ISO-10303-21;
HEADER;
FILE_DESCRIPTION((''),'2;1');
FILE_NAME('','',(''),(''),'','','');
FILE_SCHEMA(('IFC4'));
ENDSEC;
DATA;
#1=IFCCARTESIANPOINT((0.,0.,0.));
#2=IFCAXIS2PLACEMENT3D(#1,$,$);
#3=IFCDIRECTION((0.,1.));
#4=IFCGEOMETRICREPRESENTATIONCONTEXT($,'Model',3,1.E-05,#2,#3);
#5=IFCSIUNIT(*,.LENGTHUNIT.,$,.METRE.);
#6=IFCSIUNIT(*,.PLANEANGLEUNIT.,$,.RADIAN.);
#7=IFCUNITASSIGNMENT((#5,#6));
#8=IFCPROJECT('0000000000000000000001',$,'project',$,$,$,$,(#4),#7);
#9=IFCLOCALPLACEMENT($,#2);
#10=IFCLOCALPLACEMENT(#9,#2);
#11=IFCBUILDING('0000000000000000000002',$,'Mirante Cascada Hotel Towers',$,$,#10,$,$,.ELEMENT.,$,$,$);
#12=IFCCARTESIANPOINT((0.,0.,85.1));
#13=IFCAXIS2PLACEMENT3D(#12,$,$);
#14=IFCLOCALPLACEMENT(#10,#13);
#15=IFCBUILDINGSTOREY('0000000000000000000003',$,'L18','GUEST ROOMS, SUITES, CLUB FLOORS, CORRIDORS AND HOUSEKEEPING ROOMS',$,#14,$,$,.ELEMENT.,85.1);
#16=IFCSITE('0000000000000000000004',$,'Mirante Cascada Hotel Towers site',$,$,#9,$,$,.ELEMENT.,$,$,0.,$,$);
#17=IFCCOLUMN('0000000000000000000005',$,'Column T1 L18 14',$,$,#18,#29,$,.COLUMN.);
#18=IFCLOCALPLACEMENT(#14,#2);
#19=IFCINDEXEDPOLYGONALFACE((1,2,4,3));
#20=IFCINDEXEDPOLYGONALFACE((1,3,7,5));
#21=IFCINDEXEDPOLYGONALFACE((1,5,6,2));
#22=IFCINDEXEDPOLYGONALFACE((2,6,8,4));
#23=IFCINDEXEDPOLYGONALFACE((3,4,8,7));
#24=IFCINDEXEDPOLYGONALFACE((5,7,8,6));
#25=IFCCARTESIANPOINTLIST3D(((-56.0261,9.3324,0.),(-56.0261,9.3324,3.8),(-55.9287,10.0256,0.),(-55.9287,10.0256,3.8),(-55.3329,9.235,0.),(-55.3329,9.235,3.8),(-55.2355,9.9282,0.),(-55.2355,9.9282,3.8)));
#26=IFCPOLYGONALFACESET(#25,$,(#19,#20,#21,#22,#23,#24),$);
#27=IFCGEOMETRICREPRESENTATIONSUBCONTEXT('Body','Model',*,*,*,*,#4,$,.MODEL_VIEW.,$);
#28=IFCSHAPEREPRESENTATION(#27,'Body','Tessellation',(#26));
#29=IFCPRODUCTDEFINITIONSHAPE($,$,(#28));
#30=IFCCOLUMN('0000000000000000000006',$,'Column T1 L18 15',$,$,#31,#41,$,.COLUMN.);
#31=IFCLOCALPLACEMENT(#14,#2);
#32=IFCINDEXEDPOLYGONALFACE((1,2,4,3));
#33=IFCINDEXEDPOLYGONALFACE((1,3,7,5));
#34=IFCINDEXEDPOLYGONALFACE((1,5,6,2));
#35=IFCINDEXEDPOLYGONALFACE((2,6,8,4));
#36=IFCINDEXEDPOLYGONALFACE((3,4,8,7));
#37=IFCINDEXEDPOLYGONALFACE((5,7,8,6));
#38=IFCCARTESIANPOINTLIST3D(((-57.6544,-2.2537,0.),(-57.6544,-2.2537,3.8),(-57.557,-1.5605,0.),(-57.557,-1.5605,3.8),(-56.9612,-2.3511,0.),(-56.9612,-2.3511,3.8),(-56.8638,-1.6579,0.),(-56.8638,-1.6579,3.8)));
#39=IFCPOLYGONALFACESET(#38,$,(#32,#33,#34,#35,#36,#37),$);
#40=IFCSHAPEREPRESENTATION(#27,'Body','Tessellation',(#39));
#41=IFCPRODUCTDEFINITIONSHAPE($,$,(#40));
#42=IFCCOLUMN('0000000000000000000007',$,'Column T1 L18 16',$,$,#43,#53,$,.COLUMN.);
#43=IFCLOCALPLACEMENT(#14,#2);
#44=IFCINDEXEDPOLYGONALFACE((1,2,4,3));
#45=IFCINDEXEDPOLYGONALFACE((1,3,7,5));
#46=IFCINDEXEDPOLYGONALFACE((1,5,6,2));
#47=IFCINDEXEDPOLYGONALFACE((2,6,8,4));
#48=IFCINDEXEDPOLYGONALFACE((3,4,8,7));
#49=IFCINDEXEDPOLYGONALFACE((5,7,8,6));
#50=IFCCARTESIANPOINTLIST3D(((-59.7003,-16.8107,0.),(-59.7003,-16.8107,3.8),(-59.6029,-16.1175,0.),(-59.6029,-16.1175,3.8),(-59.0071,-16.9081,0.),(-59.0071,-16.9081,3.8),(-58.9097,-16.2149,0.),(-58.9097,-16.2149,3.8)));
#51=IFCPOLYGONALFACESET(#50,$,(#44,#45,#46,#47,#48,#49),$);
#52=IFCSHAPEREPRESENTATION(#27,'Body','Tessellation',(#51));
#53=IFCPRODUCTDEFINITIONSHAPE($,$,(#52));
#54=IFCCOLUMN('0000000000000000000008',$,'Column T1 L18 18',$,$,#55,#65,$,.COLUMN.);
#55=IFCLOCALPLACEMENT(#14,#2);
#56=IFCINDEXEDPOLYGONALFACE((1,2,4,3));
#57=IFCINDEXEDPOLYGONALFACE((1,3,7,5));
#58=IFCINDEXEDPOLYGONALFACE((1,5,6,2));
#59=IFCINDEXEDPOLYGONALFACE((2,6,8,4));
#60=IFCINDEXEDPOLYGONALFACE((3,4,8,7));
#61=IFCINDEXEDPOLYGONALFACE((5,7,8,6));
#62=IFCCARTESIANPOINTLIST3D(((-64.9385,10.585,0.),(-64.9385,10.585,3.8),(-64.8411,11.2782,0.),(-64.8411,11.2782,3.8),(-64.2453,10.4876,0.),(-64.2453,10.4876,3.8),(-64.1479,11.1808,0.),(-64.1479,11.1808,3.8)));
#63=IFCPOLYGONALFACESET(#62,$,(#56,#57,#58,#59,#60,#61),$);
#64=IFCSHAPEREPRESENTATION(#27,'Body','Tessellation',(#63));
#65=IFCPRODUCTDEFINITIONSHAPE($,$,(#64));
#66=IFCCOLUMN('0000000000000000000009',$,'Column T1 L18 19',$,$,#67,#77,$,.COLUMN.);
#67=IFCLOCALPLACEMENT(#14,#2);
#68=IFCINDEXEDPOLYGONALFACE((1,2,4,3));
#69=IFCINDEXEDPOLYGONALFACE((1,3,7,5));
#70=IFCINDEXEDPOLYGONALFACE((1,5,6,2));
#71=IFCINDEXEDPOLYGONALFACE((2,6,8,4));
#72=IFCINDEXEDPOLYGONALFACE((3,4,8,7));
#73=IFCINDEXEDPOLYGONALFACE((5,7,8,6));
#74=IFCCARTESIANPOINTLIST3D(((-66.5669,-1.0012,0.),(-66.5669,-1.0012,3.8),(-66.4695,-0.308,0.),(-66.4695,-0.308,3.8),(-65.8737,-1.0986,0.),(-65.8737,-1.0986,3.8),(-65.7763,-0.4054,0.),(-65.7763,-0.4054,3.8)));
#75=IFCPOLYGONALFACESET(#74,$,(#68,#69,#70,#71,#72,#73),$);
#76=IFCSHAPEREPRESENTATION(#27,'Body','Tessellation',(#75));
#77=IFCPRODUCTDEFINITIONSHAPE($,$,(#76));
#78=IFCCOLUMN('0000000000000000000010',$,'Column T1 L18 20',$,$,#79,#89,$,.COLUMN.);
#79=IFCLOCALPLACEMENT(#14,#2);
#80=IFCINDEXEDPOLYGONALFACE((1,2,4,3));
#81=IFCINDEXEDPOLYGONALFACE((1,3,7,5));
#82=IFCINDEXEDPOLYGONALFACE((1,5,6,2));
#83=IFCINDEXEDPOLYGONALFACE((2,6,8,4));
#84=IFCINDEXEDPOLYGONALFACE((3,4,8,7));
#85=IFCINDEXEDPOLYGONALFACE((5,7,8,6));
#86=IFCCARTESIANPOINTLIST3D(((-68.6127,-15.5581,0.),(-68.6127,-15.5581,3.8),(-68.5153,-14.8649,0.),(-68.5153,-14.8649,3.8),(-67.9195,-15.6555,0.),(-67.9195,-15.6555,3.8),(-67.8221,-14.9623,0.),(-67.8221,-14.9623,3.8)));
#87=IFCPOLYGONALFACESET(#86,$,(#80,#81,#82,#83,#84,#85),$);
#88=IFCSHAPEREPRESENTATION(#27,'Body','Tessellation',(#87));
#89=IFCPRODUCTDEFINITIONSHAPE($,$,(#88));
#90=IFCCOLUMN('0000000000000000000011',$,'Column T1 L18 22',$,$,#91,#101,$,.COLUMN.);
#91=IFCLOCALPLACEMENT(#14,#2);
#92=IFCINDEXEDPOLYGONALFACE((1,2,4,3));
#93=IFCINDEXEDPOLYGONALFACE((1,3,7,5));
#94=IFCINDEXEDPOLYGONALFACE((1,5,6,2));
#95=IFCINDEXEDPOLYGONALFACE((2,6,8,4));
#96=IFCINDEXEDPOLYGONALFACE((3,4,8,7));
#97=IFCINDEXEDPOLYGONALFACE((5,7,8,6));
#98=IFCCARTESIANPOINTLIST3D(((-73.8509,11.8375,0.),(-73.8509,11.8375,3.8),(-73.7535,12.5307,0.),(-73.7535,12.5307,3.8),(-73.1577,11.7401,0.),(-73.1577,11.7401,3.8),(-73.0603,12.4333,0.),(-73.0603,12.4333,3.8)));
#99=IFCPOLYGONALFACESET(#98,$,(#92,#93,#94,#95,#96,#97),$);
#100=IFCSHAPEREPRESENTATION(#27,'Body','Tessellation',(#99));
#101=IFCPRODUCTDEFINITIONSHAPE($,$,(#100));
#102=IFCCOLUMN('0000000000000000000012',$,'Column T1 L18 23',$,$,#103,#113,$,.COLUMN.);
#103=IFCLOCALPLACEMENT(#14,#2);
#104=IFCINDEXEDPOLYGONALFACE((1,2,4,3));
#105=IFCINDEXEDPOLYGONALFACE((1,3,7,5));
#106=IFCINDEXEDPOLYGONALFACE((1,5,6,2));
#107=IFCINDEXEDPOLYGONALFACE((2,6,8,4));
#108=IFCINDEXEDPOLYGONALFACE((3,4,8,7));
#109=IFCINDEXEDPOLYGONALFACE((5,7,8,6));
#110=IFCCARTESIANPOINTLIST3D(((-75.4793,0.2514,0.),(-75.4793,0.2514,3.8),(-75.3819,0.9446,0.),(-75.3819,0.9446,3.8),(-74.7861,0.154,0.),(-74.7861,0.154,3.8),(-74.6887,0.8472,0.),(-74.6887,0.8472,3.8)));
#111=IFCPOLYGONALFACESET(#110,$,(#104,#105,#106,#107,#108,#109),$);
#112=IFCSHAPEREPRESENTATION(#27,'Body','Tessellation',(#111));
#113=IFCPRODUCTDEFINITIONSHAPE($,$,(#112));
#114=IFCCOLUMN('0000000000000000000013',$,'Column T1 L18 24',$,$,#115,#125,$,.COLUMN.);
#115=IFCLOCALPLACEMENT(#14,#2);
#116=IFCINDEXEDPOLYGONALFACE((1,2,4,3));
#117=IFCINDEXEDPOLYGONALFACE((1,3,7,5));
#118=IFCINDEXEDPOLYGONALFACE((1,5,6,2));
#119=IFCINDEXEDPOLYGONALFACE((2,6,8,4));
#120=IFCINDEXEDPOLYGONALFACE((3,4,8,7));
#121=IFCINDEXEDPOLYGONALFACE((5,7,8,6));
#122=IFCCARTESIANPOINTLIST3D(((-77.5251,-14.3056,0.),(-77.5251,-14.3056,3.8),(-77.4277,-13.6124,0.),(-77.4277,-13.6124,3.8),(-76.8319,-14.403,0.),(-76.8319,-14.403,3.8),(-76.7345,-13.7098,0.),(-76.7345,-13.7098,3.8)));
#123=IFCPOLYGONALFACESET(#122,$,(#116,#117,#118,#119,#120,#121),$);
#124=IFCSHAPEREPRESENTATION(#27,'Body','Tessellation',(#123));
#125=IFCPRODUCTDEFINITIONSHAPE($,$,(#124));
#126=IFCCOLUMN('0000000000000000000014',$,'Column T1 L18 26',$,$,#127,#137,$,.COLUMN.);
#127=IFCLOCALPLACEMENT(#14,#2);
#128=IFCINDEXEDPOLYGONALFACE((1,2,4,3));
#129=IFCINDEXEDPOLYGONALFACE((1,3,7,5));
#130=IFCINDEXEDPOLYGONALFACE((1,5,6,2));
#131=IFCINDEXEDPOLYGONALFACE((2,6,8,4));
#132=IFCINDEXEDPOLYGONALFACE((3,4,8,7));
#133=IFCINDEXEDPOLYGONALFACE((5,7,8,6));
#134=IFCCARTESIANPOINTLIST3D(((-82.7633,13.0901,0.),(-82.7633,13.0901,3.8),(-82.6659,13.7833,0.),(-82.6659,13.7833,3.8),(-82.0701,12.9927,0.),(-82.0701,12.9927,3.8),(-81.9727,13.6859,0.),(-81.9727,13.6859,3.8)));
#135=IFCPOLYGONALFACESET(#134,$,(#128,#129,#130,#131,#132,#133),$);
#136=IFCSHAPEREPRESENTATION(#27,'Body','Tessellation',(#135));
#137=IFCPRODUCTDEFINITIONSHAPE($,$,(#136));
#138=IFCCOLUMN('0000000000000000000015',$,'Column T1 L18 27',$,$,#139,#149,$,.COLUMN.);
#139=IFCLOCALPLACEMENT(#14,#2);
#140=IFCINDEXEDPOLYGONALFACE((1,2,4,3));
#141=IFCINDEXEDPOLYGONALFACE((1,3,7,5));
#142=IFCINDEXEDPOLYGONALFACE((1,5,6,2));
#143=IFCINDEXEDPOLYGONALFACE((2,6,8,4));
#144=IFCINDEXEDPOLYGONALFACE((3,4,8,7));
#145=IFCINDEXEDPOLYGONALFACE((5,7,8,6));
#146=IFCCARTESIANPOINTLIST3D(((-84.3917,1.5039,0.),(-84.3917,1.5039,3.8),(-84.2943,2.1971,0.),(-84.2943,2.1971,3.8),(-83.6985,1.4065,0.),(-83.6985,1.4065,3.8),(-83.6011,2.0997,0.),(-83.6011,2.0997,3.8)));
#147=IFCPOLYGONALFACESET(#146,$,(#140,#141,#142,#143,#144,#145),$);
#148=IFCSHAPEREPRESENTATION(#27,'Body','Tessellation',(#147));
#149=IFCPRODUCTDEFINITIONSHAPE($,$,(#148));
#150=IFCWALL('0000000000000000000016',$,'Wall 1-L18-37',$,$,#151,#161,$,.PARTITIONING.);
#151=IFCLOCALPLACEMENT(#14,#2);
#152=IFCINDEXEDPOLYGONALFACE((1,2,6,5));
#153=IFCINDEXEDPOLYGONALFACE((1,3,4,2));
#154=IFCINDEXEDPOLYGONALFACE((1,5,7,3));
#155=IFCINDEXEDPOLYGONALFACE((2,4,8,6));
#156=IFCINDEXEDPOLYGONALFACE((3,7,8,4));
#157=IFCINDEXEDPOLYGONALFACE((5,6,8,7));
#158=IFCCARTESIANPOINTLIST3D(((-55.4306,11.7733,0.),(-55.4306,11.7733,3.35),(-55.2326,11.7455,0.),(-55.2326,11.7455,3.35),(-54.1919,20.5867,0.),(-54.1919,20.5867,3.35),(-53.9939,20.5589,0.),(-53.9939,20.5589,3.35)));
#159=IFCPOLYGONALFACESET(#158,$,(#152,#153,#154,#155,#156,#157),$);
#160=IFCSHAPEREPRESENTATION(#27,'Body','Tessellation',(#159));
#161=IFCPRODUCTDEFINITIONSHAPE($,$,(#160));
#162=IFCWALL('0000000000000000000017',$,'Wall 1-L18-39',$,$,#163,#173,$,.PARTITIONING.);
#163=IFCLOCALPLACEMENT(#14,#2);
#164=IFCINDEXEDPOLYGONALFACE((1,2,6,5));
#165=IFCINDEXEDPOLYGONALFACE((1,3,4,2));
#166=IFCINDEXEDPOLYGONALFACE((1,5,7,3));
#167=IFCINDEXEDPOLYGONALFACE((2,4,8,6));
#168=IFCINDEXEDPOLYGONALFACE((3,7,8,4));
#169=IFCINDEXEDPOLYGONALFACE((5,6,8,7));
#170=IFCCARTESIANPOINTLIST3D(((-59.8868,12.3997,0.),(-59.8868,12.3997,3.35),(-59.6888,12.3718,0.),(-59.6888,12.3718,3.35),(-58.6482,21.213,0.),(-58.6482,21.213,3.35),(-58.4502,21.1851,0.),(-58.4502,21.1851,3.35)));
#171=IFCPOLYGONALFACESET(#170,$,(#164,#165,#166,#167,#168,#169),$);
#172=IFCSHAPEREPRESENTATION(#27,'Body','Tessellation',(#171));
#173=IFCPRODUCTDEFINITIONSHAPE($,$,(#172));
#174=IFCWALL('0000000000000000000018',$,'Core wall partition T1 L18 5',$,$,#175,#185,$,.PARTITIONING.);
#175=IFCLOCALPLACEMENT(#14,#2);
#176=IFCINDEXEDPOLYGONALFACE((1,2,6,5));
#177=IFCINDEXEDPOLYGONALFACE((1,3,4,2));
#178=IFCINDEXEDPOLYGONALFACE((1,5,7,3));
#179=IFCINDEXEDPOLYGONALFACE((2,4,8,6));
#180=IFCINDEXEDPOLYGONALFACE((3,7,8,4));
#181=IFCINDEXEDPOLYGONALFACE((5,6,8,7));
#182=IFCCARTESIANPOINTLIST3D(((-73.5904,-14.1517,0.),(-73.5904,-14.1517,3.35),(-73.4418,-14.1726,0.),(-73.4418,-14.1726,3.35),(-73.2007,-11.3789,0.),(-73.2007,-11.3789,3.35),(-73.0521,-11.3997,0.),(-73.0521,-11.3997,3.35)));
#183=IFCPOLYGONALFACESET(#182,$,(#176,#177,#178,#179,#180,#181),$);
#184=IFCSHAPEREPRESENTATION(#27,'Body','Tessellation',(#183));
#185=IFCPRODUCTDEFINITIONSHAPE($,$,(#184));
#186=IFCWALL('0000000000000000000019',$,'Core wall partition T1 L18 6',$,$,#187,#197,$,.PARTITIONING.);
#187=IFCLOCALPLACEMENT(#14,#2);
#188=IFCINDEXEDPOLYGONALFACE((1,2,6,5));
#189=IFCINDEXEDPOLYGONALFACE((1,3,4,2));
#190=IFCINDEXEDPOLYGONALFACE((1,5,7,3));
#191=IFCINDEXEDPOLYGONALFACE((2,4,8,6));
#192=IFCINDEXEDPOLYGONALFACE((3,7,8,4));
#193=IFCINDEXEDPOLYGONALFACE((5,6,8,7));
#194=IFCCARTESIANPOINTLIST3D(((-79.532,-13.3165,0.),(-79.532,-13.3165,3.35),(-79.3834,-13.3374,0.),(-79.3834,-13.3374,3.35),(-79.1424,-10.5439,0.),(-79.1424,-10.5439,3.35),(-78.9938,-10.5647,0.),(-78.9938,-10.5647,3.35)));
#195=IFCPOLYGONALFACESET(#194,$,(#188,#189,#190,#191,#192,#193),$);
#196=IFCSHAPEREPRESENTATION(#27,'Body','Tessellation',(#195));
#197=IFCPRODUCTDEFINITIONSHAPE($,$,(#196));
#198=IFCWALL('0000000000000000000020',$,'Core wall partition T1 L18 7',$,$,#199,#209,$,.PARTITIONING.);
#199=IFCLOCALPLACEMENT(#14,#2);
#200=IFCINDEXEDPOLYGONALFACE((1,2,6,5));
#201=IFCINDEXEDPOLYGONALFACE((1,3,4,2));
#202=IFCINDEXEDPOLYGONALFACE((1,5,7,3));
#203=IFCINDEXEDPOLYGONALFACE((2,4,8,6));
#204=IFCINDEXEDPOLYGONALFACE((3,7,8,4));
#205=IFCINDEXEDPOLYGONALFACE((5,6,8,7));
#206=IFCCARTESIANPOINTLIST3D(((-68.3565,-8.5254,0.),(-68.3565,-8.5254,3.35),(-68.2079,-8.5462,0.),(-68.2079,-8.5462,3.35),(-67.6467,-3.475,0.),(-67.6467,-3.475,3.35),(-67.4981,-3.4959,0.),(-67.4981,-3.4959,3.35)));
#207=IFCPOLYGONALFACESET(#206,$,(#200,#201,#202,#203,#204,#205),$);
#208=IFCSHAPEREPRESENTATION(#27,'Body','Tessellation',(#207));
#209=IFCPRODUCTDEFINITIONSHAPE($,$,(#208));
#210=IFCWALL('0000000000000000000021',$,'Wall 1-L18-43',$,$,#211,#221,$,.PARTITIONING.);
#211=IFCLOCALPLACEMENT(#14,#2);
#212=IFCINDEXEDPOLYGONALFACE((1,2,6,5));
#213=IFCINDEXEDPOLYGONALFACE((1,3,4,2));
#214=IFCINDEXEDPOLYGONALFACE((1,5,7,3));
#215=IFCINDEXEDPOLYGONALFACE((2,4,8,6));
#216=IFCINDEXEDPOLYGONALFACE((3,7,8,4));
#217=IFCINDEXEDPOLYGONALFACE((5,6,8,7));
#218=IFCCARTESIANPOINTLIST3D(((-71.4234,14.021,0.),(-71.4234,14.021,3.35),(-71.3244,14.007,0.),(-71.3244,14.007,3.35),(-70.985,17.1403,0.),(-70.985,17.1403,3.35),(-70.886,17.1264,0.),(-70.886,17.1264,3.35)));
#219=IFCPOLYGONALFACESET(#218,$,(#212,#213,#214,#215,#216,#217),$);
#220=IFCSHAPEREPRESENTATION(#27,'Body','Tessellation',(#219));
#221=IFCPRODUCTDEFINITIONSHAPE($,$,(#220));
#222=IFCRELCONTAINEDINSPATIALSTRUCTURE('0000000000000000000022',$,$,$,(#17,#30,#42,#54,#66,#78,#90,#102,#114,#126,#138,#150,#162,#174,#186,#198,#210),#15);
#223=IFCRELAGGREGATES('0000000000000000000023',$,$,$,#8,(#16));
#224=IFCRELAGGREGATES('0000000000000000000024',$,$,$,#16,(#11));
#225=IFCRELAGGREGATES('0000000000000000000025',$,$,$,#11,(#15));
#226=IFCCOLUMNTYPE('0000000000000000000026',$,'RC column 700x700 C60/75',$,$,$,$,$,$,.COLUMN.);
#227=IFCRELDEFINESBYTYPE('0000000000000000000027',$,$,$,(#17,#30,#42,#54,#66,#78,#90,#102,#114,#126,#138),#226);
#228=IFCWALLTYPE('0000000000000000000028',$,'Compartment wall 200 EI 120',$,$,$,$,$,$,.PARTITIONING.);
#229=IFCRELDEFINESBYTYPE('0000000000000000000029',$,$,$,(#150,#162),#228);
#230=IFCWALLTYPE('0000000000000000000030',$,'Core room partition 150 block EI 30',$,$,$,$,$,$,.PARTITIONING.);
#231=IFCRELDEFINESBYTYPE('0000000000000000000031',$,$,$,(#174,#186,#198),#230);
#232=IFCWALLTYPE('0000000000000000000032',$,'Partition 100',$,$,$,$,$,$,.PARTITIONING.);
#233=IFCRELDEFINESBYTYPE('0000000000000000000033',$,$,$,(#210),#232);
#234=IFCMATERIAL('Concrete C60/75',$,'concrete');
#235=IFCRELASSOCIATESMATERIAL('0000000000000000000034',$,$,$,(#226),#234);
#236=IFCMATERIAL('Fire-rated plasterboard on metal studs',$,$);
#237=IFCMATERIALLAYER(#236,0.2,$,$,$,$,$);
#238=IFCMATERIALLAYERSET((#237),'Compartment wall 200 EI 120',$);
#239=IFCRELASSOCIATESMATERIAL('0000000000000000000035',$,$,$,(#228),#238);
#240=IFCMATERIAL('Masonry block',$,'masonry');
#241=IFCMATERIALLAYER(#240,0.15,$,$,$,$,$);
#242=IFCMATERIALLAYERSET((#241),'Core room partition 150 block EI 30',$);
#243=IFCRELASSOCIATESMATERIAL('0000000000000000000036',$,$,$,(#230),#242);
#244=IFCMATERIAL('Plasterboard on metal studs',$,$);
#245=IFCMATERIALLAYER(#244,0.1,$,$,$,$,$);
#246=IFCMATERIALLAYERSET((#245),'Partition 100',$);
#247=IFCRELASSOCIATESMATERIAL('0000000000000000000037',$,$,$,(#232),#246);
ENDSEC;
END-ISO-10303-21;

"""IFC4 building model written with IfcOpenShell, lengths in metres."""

from ifc_helpers import new_model, si_unit, direction, frame, frame_2d, origin, origin_2d, place, context, subcontext, project, spatial, rectangle, extrude, material, layer, layer_set, material_profile, profile_set, type_object, element, save


model = new_model("IFC4")

# Units and contexts
model_context = context("Model", 3, precision=1e-05, world=origin(), true_north=direction((0.0, 1.0)))
body_context = subcontext(model_context, "Body", "Model", "MODEL_VIEW")
ifc_project = project(units=[si_unit("LENGTHUNIT", "METRE"), si_unit("PLANEANGLEUNIT", "RADIAN")], contexts=[model_context])

# Site, building, storey
site_placement = place(None, origin())
site = spatial("IfcSite", under=ifc_project, at=site_placement, Name="Mirante Cascada Hotel Towers site", CompositionType="ELEMENT", RefElevation=0.0)
building_placement = place(site_placement, origin())
building = spatial("IfcBuilding", under=site, at=building_placement, Name="Mirante Cascada Hotel Towers", CompositionType="ELEMENT")
storey_placement = place(building_placement, frame((0.0, 0.0, 85.1)))
storey = spatial("IfcBuildingStorey", under=building, at=storey_placement, Name="L18", Description="GUEST ROOMS, SUITES, CLUB FLOORS, CORRIDORS AND HOUSEKEEPING ROOMS", CompositionType="ELEMENT", Elevation=85.1)

# Columns
ifc_material_1 = material(Name="Concrete C60/75", Category="concrete")
ifc_material_profile = material_profile(ifc_material_1, rectangle(XDim=0.7, YDim=0.7, at=origin_2d()), Name="RC column 700x700 C60/75")
ifc_profile_set = profile_set([ifc_material_profile], Name="Concrete C60/75")
column_type = type_object("IfcColumnType", Name="RC column 700x700 C60/75", PredefinedType="COLUMN", material=ifc_profile_set)
for number, where, z_axis, x_axis, name in (
    (1, (-55.6308, 9.6303, 0.0), (0.0, 0.0, 1.0), (-0.990268, 0.139173, 0.0), "Column T1 L18 14"),
    (2, (-57.2591, -1.9558, 0.0), (0.0, 0.0, 1.0), (-0.990268, 0.139173, 0.0), "Column T1 L18 15"),
    (3, (-59.305, -16.5128, 0.0), (0.0, 0.0, 1.0), (-0.990268, 0.139173, 0.0), "Column T1 L18 16"),
    (4, (-64.5432, 10.8829, 0.0), (0.0, 0.0, 1.0), (-0.990268, 0.139173, 0.0), "Column T1 L18 18"),
    (5, (-66.1716, -0.7033, 0.0), (0.0, 0.0, 1.0), (-0.990268, 0.139173, 0.0), "Column T1 L18 19"),
    (6, (-68.2174, -15.2602, 0.0), (0.0, 0.0, 1.0), (-0.990268, 0.139173, 0.0), "Column T1 L18 20"),
    (7, (-73.4556, 12.1354, 0.0), (0.0, 0.0, 1.0), (-0.990268, 0.139173, 0.0), "Column T1 L18 22"),
    (8, (-75.084, 0.5493, 0.0), (0.0, 0.0, 1.0), (-0.990268, 0.139173, 0.0), "Column T1 L18 23"),
    (9, (-77.1298, -14.0077, 0.0), (0.0, 0.0, 1.0), (-0.990268, 0.139173, 0.0), "Column T1 L18 24"),
    (10, (-82.368, 13.388, 0.0), (0.0, 0.0, 1.0), (-0.990268, 0.139173, 0.0), "Column T1 L18 26"),
    (11, (-83.9964, 1.8018, 0.0), (0.0, 0.0, 1.0), (-0.990268, 0.139173, 0.0), "Column T1 L18 27"),
):
    element("IfcColumn", number, at=place(storey_placement, frame(where, z_axis=z_axis, x_axis=x_axis)), inside=storey, type_object=column_type, Name=name, PredefinedType="COLUMN", context=body_context, shape_type="SweptSolid", body=[
        extrude(rectangle(XDim=0.7, YDim=0.7, at=origin_2d()), origin(), (0.0, 0.0, 1.0), 3.8),
    ])

# Walls
ifc_material_2 = material(Name="Fire-rated plasterboard on metal studs")
ifc_layer_1 = layer(ifc_material_2, 0.2)
ifc_layer_set_1 = layer_set([ifc_layer_1], Name="Compartment wall 200 EI 120")
wall_type_1 = type_object("IfcWallType", Name="Compartment wall 200 EI 120", PredefinedType="PARTITIONING", material=ifc_layer_set_1)
wall_1_placement = place(storey_placement, frame((-55.3316, 11.7594, 0.0), z_axis=(0.0, 0.0, 1.0), x_axis=(0.139179, 0.990267, 0.0)))
element("IfcWall", 12, at=wall_1_placement, inside=storey, type_object=wall_type_1, Name="Wall 1-L18-37", PredefinedType="PARTITIONING", context=body_context, shape_type="SweptSolid", body=[
    extrude(rectangle(XDim=8.9, YDim=0.2, at=frame_2d((4.45, 0.0))), origin(), (0.0, 0.0, 1.0), 3.35),
])
wall_2_placement = place(storey_placement, frame((-59.7878, 12.3857, 0.0), z_axis=(0.0, 0.0, 1.0), x_axis=(0.13917, 0.990268, 0.0)))
element("IfcWall", 13, at=wall_2_placement, inside=storey, type_object=wall_type_1, Name="Wall 1-L18-39", PredefinedType="PARTITIONING", context=body_context, shape_type="SweptSolid", body=[
    extrude(rectangle(XDim=8.8999, YDim=0.2, at=frame_2d((4.45, 0.0))), origin(), (0.0, 0.0, 1.0), 3.35),
])
ifc_material_3 = material(Name="Masonry block", Category="masonry")
ifc_layer_2 = layer(ifc_material_3, 0.15)
ifc_layer_set_2 = layer_set([ifc_layer_2], Name="Core room partition 150 block EI 30")
wall_type_2 = type_object("IfcWallType", Name="Core room partition 150 block EI 30", PredefinedType="PARTITIONING", material=ifc_layer_set_2)
wall_3_placement = place(storey_placement, frame((-73.5161, -14.1621, 0.0), z_axis=(0.0, 0.0, 1.0), x_axis=(0.139176, 0.990268, 0.0)))
element("IfcWall", 14, at=wall_3_placement, inside=storey, type_object=wall_type_2, Name="Core wall partition T1 L18 5", PredefinedType="PARTITIONING", context=body_context, shape_type="SweptSolid", body=[
    extrude(rectangle(XDim=2.8001, YDim=0.15, at=frame_2d((1.4, 0.0))), origin(), (0.0, 0.0, 1.0), 3.35),
])
wall_4_placement = place(storey_placement, frame((-79.4577, -13.327, 0.0), z_axis=(0.0, 0.0, 1.0), x_axis=(0.139146, 0.990272, 0.0)))
element("IfcWall", 15, at=wall_4_placement, inside=storey, type_object=wall_type_2, Name="Core wall partition T1 L18 6", PredefinedType="PARTITIONING", context=body_context, shape_type="SweptSolid", body=[
    extrude(rectangle(XDim=2.7999, YDim=0.15, at=frame_2d((1.4, 0.0))), origin(), (0.0, 0.0, 1.0), 3.35),
])
wall_5_placement = place(storey_placement, frame((-68.2822, -8.5358, 0.0), z_axis=(0.0, 0.0, 1.0), x_axis=(0.139176, 0.990268, 0.0)))
element("IfcWall", 16, at=wall_5_placement, inside=storey, type_object=wall_type_2, Name="Core wall partition T1 L18 7", PredefinedType="PARTITIONING", context=body_context, shape_type="SweptSolid", body=[
    extrude(rectangle(XDim=5.1, YDim=0.15, at=frame_2d((2.55, 0.0))), origin(), (0.0, 0.0, 1.0), 3.35),
])
ifc_material_4 = material(Name="Plasterboard on metal studs")
ifc_layer_3 = layer(ifc_material_4, 0.1)
ifc_layer_set_3 = layer_set([ifc_layer_3], Name="Partition 100")
wall_type_3 = type_object("IfcWallType", Name="Partition 100", PredefinedType="PARTITIONING", material=ifc_layer_set_3)
wall_6_placement = place(storey_placement, frame((-71.3739, 14.014, 0.0), z_axis=(0.0, 0.0, 1.0), x_axis=(0.139177, 0.990268, 0.0)))
element("IfcWall", 17, at=wall_6_placement, inside=storey, type_object=wall_type_3, Name="Wall 1-L18-43", PredefinedType="PARTITIONING", context=body_context, shape_type="SweptSolid", body=[
    extrude(rectangle(XDim=3.15, YDim=0.1, at=frame_2d((1.575, 0.0))), origin(), (0.0, 0.0, 1.0), 3.35),
])

save(model, "model.ifc")
